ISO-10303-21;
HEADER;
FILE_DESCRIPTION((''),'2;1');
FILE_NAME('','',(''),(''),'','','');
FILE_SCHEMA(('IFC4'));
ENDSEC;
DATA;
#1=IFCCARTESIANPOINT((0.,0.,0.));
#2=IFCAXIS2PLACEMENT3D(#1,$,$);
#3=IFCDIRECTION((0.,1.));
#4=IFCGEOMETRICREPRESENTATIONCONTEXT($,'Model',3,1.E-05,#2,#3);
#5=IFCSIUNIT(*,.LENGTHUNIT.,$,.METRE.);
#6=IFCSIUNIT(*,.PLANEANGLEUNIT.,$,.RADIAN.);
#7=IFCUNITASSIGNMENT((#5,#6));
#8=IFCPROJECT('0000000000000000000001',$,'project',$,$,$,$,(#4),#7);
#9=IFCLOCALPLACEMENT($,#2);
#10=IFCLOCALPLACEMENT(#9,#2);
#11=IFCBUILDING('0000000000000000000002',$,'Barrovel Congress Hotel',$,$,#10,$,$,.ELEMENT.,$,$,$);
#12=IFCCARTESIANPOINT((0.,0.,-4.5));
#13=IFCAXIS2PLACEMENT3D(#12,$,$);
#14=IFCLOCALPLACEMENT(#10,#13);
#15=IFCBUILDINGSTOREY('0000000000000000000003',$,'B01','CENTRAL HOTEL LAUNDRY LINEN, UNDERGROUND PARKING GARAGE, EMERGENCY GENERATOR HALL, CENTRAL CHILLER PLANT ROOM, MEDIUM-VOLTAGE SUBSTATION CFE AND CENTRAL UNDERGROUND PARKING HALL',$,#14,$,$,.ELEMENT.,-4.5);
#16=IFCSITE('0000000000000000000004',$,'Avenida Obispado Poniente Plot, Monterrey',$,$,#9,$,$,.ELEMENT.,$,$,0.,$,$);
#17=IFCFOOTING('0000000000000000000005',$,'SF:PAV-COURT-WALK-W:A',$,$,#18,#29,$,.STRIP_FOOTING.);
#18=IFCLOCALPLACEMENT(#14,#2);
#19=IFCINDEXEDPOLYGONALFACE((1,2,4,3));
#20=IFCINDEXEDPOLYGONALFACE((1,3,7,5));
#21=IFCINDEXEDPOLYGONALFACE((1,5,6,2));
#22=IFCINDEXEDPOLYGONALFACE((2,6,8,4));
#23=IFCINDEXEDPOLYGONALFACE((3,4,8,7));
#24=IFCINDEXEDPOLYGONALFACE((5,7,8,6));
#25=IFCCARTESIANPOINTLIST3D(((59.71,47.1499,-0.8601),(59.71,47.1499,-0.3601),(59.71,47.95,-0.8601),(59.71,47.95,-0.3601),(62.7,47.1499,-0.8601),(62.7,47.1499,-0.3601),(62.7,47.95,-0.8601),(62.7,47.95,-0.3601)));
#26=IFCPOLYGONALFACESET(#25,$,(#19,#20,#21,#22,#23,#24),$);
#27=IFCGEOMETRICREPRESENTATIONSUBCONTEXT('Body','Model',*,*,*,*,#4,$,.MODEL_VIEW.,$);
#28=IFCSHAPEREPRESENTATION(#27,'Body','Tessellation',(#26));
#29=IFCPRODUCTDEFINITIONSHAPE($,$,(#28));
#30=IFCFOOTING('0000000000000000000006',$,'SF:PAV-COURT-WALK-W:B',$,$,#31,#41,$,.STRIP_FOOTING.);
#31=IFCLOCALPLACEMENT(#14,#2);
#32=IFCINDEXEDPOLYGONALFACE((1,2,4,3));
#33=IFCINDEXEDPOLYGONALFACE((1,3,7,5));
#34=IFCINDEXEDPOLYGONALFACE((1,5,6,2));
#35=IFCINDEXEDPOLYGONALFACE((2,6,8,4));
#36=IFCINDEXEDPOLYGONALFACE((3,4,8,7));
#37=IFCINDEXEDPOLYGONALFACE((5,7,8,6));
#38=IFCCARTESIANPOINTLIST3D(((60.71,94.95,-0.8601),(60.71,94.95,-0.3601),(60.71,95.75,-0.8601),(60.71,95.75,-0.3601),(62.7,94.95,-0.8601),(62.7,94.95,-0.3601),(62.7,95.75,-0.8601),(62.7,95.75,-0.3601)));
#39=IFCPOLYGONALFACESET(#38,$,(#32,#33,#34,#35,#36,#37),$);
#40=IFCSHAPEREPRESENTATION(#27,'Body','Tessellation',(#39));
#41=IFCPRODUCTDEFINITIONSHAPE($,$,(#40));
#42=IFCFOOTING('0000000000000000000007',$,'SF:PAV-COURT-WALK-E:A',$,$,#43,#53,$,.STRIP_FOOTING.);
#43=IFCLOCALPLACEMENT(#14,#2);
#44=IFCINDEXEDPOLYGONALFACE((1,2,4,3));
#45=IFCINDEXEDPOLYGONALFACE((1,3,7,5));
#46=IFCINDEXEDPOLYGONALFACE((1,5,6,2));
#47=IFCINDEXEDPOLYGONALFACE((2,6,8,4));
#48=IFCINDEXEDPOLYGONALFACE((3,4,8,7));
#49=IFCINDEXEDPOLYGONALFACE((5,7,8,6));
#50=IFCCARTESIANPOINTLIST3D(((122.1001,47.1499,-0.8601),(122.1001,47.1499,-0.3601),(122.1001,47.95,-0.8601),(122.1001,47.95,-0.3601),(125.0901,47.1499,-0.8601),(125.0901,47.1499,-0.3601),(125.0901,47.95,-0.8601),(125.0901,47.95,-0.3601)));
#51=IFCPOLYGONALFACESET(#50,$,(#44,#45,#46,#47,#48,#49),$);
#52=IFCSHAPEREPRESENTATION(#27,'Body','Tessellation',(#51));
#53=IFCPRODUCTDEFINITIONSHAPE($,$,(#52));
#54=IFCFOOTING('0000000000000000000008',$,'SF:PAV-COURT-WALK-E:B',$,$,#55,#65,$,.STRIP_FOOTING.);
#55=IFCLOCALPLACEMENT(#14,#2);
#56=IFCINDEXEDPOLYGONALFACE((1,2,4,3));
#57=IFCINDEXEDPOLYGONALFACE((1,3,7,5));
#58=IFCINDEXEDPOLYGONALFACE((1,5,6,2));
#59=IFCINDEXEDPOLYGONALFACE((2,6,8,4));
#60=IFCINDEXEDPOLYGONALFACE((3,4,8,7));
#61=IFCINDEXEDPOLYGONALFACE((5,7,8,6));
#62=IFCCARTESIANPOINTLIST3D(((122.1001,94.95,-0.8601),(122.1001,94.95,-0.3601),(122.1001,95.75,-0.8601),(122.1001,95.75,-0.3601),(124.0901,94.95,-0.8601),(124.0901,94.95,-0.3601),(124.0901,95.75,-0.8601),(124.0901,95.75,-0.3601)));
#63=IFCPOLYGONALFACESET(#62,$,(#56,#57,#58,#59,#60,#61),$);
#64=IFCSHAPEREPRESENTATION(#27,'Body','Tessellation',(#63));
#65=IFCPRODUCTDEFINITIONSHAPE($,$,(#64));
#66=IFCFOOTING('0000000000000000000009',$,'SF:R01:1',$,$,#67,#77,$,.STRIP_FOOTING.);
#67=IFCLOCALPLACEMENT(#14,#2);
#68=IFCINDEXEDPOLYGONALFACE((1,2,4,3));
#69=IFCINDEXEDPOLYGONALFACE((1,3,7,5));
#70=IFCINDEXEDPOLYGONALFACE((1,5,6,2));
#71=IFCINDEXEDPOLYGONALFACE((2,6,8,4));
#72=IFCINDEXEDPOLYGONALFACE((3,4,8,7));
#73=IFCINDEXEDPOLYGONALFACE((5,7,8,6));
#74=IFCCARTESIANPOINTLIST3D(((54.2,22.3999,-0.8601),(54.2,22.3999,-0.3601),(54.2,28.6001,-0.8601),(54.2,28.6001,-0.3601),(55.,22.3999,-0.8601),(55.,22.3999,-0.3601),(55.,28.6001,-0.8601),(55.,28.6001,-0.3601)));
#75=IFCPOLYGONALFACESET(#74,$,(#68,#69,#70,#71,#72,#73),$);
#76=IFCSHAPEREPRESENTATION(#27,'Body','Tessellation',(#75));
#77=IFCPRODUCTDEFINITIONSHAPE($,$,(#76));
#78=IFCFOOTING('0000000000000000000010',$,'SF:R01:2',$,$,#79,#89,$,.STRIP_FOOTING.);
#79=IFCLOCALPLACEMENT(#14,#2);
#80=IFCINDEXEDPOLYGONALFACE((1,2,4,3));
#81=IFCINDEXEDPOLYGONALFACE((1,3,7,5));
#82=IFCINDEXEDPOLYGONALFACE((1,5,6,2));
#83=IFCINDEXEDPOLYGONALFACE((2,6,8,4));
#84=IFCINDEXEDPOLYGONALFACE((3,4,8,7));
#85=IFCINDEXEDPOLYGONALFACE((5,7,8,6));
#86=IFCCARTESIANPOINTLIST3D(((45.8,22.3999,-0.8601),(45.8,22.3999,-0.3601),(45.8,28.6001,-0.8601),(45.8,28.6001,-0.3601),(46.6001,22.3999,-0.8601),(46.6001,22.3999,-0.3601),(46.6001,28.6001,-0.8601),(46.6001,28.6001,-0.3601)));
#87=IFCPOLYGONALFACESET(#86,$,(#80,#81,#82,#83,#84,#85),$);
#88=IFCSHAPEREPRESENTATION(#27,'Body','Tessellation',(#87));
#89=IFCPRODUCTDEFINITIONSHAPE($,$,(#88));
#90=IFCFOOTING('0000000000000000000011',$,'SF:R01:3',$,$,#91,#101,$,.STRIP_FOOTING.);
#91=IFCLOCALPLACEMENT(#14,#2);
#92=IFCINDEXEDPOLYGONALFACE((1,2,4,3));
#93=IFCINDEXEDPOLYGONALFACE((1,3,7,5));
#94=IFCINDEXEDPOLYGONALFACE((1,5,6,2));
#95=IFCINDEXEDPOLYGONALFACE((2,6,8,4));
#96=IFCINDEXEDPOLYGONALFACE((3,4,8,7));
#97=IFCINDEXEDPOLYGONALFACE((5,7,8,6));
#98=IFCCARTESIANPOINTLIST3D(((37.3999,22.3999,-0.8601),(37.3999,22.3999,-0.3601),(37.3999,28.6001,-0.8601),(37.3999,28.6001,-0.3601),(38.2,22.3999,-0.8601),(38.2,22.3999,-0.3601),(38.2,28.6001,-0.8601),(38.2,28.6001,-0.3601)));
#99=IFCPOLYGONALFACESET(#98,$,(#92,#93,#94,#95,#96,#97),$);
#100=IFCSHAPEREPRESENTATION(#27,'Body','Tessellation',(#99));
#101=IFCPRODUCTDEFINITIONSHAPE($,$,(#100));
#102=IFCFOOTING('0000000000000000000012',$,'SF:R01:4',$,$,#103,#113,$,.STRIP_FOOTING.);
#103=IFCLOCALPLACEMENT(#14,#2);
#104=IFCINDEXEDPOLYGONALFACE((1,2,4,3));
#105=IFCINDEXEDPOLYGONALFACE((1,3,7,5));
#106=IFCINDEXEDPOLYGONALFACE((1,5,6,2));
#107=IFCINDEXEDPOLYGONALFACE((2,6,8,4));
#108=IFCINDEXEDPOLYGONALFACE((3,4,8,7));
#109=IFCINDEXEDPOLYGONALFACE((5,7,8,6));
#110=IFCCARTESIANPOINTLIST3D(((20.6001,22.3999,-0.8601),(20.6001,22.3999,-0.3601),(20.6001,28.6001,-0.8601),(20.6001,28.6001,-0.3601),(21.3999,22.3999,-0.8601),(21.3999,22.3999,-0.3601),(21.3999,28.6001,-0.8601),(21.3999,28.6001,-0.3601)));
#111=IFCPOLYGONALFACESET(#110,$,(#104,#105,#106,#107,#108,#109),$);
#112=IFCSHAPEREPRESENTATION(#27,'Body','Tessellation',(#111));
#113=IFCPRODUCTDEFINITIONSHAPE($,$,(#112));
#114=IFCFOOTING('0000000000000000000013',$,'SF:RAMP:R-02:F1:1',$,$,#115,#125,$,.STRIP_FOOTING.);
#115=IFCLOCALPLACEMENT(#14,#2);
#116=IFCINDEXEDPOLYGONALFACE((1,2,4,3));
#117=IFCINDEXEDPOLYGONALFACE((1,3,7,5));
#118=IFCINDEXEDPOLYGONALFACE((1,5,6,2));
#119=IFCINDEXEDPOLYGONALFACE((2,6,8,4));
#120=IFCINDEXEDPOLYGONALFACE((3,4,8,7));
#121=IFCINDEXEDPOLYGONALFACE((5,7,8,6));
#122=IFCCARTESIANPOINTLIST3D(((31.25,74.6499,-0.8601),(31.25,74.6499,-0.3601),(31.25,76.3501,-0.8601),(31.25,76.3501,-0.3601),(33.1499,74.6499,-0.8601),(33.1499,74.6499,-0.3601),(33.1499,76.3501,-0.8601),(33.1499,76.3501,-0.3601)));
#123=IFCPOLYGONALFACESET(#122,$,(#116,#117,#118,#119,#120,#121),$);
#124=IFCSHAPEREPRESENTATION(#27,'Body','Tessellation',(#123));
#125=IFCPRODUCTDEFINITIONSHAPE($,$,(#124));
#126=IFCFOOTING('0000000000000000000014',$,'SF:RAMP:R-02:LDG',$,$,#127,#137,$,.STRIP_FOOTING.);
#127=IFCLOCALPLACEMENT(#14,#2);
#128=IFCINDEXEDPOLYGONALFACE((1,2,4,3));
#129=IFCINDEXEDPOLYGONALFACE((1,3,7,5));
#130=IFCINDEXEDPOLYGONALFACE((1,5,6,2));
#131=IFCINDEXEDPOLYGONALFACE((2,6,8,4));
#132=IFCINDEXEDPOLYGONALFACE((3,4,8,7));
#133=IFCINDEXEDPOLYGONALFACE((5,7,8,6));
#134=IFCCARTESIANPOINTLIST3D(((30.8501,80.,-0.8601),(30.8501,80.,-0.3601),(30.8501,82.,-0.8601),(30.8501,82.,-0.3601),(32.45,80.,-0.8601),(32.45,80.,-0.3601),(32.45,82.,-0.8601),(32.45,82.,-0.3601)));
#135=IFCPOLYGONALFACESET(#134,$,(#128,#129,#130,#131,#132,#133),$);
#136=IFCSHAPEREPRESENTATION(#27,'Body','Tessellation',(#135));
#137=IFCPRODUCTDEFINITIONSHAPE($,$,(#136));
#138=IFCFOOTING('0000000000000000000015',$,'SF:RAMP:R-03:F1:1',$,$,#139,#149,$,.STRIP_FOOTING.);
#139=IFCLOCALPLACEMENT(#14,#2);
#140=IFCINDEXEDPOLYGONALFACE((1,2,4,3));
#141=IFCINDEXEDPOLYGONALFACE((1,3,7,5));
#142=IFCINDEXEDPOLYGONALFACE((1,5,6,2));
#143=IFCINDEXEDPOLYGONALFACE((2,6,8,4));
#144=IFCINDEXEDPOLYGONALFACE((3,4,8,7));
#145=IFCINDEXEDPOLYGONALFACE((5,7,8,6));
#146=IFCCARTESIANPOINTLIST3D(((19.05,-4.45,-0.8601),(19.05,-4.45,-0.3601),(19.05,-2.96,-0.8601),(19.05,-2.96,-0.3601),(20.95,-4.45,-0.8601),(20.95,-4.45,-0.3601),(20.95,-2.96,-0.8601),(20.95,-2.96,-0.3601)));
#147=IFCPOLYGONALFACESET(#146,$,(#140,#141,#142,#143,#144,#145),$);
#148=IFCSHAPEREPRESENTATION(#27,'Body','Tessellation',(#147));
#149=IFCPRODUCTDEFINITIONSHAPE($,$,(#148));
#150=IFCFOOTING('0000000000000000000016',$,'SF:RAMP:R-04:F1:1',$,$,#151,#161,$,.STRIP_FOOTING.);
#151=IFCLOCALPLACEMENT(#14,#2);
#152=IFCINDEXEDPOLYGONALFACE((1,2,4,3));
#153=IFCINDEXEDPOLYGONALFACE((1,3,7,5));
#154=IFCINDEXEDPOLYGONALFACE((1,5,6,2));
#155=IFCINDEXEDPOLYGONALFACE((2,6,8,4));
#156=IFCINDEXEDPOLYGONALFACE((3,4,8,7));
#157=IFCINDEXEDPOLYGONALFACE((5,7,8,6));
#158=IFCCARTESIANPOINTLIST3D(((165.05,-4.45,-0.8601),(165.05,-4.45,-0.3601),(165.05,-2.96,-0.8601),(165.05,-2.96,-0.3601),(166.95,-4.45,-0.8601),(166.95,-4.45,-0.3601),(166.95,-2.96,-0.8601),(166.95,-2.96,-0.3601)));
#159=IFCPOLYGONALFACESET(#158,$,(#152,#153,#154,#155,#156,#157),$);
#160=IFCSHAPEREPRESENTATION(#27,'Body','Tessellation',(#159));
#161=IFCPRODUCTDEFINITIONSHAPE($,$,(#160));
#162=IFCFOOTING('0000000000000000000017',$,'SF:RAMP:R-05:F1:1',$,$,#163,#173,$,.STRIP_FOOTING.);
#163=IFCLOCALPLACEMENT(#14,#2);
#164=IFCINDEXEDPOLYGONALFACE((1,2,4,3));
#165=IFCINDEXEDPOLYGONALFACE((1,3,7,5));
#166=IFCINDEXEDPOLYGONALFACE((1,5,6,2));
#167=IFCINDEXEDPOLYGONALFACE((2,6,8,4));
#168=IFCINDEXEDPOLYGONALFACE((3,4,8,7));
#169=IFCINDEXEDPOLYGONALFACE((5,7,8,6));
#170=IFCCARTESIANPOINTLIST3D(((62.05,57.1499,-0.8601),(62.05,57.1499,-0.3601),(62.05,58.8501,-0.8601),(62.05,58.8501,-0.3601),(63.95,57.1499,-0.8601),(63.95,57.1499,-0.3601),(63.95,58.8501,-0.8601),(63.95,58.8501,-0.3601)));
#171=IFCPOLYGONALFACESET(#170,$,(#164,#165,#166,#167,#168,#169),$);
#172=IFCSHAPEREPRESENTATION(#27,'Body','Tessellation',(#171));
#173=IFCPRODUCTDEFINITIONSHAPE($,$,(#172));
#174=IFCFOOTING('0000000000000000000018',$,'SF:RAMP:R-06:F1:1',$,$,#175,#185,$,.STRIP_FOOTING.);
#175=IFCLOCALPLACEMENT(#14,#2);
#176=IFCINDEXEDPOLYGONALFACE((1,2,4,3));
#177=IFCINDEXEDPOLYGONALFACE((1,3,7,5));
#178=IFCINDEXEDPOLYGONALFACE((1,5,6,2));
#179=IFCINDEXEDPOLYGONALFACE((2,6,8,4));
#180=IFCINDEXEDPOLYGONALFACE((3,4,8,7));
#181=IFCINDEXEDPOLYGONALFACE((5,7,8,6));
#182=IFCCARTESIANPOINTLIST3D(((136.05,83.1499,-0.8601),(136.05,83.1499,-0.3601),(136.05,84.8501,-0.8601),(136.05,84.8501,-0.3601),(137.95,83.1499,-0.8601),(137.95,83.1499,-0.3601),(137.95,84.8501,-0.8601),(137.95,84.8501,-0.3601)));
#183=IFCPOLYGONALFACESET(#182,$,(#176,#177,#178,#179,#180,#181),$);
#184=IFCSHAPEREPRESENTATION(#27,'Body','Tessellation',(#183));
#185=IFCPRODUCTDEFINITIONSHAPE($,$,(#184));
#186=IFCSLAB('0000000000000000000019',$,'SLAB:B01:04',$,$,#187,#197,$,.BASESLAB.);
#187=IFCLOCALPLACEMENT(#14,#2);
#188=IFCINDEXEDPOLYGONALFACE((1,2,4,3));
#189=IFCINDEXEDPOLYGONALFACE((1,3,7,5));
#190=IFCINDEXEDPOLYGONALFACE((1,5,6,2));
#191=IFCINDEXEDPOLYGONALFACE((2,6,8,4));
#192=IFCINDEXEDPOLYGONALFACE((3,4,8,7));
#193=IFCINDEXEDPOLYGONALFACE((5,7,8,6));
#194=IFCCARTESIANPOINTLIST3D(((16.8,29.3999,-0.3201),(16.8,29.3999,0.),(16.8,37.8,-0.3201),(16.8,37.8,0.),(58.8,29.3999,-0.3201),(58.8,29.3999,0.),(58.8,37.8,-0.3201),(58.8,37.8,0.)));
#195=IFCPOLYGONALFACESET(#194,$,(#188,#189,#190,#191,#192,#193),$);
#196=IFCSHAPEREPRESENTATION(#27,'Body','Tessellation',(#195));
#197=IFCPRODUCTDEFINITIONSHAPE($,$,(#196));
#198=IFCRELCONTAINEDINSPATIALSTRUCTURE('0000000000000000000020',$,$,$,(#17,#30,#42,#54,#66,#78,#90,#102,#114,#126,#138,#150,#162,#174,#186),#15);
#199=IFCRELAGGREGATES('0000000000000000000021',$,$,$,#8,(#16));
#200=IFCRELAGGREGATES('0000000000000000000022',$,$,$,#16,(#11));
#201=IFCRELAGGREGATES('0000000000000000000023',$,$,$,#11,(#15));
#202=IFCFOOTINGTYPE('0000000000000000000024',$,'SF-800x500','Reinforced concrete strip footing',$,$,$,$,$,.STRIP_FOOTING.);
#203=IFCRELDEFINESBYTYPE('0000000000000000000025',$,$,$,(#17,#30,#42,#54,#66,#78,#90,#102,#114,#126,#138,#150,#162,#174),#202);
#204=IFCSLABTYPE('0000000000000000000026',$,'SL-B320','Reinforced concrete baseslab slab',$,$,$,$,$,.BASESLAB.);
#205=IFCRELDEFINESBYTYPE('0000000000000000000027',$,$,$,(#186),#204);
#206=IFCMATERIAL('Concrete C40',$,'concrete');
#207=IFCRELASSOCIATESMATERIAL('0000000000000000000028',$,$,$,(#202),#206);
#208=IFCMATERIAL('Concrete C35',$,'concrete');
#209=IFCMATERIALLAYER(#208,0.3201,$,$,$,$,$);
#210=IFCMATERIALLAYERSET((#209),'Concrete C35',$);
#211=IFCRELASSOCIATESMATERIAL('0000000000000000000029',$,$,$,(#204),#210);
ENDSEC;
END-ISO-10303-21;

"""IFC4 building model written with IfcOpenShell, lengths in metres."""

from ifc_helpers import new_model, si_unit, direction, frame, origin, place, context, subcontext, project, spatial, polyline, outline, extrude, material, layer, layer_set, type_object, element, save


model = new_model("IFC4")

# Units and contexts
model_context = context("Model", 3, precision=1e-05, world=origin(), true_north=direction((0.0, 1.0)))
body_context = subcontext(model_context, "Body", "Model", "MODEL_VIEW")
ifc_project = project(units=[si_unit("LENGTHUNIT", "METRE"), si_unit("PLANEANGLEUNIT", "RADIAN")], contexts=[model_context])

# Site, building, storey
site_placement = place(None, origin())
site = spatial("IfcSite", under=ifc_project, at=site_placement, Name="Avenida Obispado Poniente Plot, Monterrey", CompositionType="ELEMENT", RefElevation=0.0)
building_placement = place(site_placement, origin())
building = spatial("IfcBuilding", under=site, at=building_placement, Name="Barrovel Congress Hotel", CompositionType="ELEMENT")
storey_placement = place(building_placement, frame((0.0, 0.0, -4.5)))
storey = spatial("IfcBuildingStorey", under=building, at=storey_placement, Name="B01", Description="CENTRAL HOTEL LAUNDRY LINEN, UNDERGROUND PARKING GARAGE, EMERGENCY GENERATOR HALL, CENTRAL CHILLER PLANT ROOM, MEDIUM-VOLTAGE SUBSTATION CFE AND CENTRAL UNDERGROUND PARKING HALL", CompositionType="ELEMENT", Elevation=-4.5)

# Footings
ifc_material_1 = material(Name="Concrete C40", Category="concrete")
footing_type = type_object("IfcFootingType", Name="SF-800x500", Description="Reinforced concrete strip footing", PredefinedType="STRIP_FOOTING", material=ifc_material_1)
footing_1_placement = place(storey_placement, frame((0.0, 0.0, -0.8601)))
element("IfcFooting", 1, at=footing_1_placement, inside=storey, type_object=footing_type, Name="SF:PAV-COURT-WALK-W:A", PredefinedType="STRIP_FOOTING", context=body_context, shape_type="SweptSolid", body=[
    extrude(outline(polyline([(59.71, 47.1499), (62.7, 47.1499), (62.7, 47.95), (59.71, 47.95), (59.71, 47.1499)])), origin(), (0.0, 0.0, 1.0), 0.5),
])
footing_2_placement = place(storey_placement, frame((0.0, 0.0, -0.8601)))
element("IfcFooting", 2, at=footing_2_placement, inside=storey, type_object=footing_type, Name="SF:PAV-COURT-WALK-W:B", PredefinedType="STRIP_FOOTING", context=body_context, shape_type="SweptSolid", body=[
    extrude(outline(polyline([(60.71, 94.95), (62.7, 94.95), (62.7, 95.75), (60.71, 95.75), (60.71, 94.95)])), origin(), (0.0, 0.0, 1.0), 0.5),
])
footing_3_placement = place(storey_placement, frame((0.0, 0.0, -0.8601)))
element("IfcFooting", 3, at=footing_3_placement, inside=storey, type_object=footing_type, Name="SF:PAV-COURT-WALK-E:A", PredefinedType="STRIP_FOOTING", context=body_context, shape_type="SweptSolid", body=[
    extrude(outline(polyline([(122.1001, 47.1499), (125.0901, 47.1499), (125.0901, 47.95), (122.1001, 47.95), (122.1001, 47.1499)])), origin(), (0.0, 0.0, 1.0), 0.5),
])
footing_4_placement = place(storey_placement, frame((0.0, 0.0, -0.8601)))
element("IfcFooting", 4, at=footing_4_placement, inside=storey, type_object=footing_type, Name="SF:PAV-COURT-WALK-E:B", PredefinedType="STRIP_FOOTING", context=body_context, shape_type="SweptSolid", body=[
    extrude(outline(polyline([(122.1001, 94.95), (124.0901, 94.95), (124.0901, 95.75), (122.1001, 95.75), (122.1001, 94.95)])), origin(), (0.0, 0.0, 1.0), 0.5),
])
footing_5_placement = place(storey_placement, frame((0.0, 0.0, -0.8601)))
element("IfcFooting", 5, at=footing_5_placement, inside=storey, type_object=footing_type, Name="SF:R01:1", PredefinedType="STRIP_FOOTING", context=body_context, shape_type="SweptSolid", body=[
    extrude(outline(polyline([(54.2, 22.3999), (55.0, 22.3999), (55.0, 28.6001), (54.2, 28.6001), (54.2, 22.3999)])), origin(), (0.0, 0.0, 1.0), 0.5),
])
footing_6_placement = place(storey_placement, frame((0.0, 0.0, -0.8601)))
element("IfcFooting", 6, at=footing_6_placement, inside=storey, type_object=footing_type, Name="SF:R01:2", PredefinedType="STRIP_FOOTING", context=body_context, shape_type="SweptSolid", body=[
    extrude(outline(polyline([(45.8, 22.3999), (46.6001, 22.3999), (46.6001, 28.6001), (45.8, 28.6001), (45.8, 22.3999)])), origin(), (0.0, 0.0, 1.0), 0.5),
])
footing_7_placement = place(storey_placement, frame((0.0, 0.0, -0.8601)))
element("IfcFooting", 7, at=footing_7_placement, inside=storey, type_object=footing_type, Name="SF:R01:3", PredefinedType="STRIP_FOOTING", context=body_context, shape_type="SweptSolid", body=[
    extrude(outline(polyline([(37.3999, 22.3999), (38.2, 22.3999), (38.2, 28.6001), (37.3999, 28.6001), (37.3999, 22.3999)])), origin(), (0.0, 0.0, 1.0), 0.5),
])
footing_8_placement = place(storey_placement, frame((0.0, 0.0, -0.8601)))
element("IfcFooting", 8, at=footing_8_placement, inside=storey, type_object=footing_type, Name="SF:R01:4", PredefinedType="STRIP_FOOTING", context=body_context, shape_type="SweptSolid", body=[
    extrude(outline(polyline([(20.6001, 22.3999), (21.3999, 22.3999), (21.3999, 28.6001), (20.6001, 28.6001), (20.6001, 22.3999)])), origin(), (0.0, 0.0, 1.0), 0.5),
])
footing_9_placement = place(storey_placement, frame((0.0, 0.0, -0.8601)))
element("IfcFooting", 9, at=footing_9_placement, inside=storey, type_object=footing_type, Name="SF:RAMP:R-02:F1:1", PredefinedType="STRIP_FOOTING", context=body_context, shape_type="SweptSolid", body=[
    extrude(outline(polyline([(31.25, 74.6499), (33.1499, 74.6499), (33.1499, 76.3501), (31.25, 76.3501), (31.25, 74.6499)])), origin(), (0.0, 0.0, 1.0), 0.5),
])
footing_10_placement = place(storey_placement, frame((0.0, 0.0, -0.8601)))
element("IfcFooting", 10, at=footing_10_placement, inside=storey, type_object=footing_type, Name="SF:RAMP:R-02:LDG", PredefinedType="STRIP_FOOTING", context=body_context, shape_type="SweptSolid", body=[
    extrude(outline(polyline([(30.8501, 80.0), (32.45, 80.0), (32.45, 82.0), (30.8501, 82.0), (30.8501, 80.0)])), origin(), (0.0, 0.0, 1.0), 0.5),
])
footing_11_placement = place(storey_placement, frame((0.0, 0.0, -0.8601)))
element("IfcFooting", 11, at=footing_11_placement, inside=storey, type_object=footing_type, Name="SF:RAMP:R-03:F1:1", PredefinedType="STRIP_FOOTING", context=body_context, shape_type="SweptSolid", body=[
    extrude(outline(polyline([(19.05, -4.45), (20.95, -4.45), (20.95, -2.96), (19.05, -2.96), (19.05, -4.45)])), origin(), (0.0, 0.0, 1.0), 0.5),
])
footing_12_placement = place(storey_placement, frame((0.0, 0.0, -0.8601)))
element("IfcFooting", 12, at=footing_12_placement, inside=storey, type_object=footing_type, Name="SF:RAMP:R-04:F1:1", PredefinedType="STRIP_FOOTING", context=body_context, shape_type="SweptSolid", body=[
    extrude(outline(polyline([(165.05, -4.45), (166.95, -4.45), (166.95, -2.96), (165.05, -2.96), (165.05, -4.45)])), origin(), (0.0, 0.0, 1.0), 0.5),
])
footing_13_placement = place(storey_placement, frame((0.0, 0.0, -0.8601)))
element("IfcFooting", 13, at=footing_13_placement, inside=storey, type_object=footing_type, Name="SF:RAMP:R-05:F1:1", PredefinedType="STRIP_FOOTING", context=body_context, shape_type="SweptSolid", body=[
    extrude(outline(polyline([(62.05, 57.1499), (63.95, 57.1499), (63.95, 58.8501), (62.05, 58.8501), (62.05, 57.1499)])), origin(), (0.0, 0.0, 1.0), 0.5),
])
footing_14_placement = place(storey_placement, frame((0.0, 0.0, -0.8601)))
element("IfcFooting", 14, at=footing_14_placement, inside=storey, type_object=footing_type, Name="SF:RAMP:R-06:F1:1", PredefinedType="STRIP_FOOTING", context=body_context, shape_type="SweptSolid", body=[
    extrude(outline(polyline([(136.05, 83.1499), (137.95, 83.1499), (137.95, 84.8501), (136.05, 84.8501), (136.05, 83.1499)])), origin(), (0.0, 0.0, 1.0), 0.5),
])

# Slab
ifc_material_2 = material(Name="Concrete C35", Category="concrete")
ifc_layer_1 = layer(ifc_material_2, 0.3201)
ifc_layer_set_1 = layer_set([ifc_layer_1], Name="Concrete C35")
slab_type_1 = type_object("IfcSlabType", Name="SL-B320", Description="Reinforced concrete baseslab slab", PredefinedType="BASESLAB", material=ifc_layer_set_1)
slab_1_placement = place(storey_placement, frame((0.0, 0.0, -0.3201)))
element("IfcSlab", 15, at=slab_1_placement, inside=storey, type_object=slab_type_1, Name="SLAB:B01:04", PredefinedType="BASESLAB", context=body_context, shape_type="SweptSolid", body=[
    extrude(outline(polyline([(16.8, 29.3999), (58.8, 29.3999), (58.8, 37.8), (16.8, 37.8), (16.8, 29.3999)])), origin(), (0.0, 0.0, 1.0), 0.3201),
])

save(model, "model.ifc")
